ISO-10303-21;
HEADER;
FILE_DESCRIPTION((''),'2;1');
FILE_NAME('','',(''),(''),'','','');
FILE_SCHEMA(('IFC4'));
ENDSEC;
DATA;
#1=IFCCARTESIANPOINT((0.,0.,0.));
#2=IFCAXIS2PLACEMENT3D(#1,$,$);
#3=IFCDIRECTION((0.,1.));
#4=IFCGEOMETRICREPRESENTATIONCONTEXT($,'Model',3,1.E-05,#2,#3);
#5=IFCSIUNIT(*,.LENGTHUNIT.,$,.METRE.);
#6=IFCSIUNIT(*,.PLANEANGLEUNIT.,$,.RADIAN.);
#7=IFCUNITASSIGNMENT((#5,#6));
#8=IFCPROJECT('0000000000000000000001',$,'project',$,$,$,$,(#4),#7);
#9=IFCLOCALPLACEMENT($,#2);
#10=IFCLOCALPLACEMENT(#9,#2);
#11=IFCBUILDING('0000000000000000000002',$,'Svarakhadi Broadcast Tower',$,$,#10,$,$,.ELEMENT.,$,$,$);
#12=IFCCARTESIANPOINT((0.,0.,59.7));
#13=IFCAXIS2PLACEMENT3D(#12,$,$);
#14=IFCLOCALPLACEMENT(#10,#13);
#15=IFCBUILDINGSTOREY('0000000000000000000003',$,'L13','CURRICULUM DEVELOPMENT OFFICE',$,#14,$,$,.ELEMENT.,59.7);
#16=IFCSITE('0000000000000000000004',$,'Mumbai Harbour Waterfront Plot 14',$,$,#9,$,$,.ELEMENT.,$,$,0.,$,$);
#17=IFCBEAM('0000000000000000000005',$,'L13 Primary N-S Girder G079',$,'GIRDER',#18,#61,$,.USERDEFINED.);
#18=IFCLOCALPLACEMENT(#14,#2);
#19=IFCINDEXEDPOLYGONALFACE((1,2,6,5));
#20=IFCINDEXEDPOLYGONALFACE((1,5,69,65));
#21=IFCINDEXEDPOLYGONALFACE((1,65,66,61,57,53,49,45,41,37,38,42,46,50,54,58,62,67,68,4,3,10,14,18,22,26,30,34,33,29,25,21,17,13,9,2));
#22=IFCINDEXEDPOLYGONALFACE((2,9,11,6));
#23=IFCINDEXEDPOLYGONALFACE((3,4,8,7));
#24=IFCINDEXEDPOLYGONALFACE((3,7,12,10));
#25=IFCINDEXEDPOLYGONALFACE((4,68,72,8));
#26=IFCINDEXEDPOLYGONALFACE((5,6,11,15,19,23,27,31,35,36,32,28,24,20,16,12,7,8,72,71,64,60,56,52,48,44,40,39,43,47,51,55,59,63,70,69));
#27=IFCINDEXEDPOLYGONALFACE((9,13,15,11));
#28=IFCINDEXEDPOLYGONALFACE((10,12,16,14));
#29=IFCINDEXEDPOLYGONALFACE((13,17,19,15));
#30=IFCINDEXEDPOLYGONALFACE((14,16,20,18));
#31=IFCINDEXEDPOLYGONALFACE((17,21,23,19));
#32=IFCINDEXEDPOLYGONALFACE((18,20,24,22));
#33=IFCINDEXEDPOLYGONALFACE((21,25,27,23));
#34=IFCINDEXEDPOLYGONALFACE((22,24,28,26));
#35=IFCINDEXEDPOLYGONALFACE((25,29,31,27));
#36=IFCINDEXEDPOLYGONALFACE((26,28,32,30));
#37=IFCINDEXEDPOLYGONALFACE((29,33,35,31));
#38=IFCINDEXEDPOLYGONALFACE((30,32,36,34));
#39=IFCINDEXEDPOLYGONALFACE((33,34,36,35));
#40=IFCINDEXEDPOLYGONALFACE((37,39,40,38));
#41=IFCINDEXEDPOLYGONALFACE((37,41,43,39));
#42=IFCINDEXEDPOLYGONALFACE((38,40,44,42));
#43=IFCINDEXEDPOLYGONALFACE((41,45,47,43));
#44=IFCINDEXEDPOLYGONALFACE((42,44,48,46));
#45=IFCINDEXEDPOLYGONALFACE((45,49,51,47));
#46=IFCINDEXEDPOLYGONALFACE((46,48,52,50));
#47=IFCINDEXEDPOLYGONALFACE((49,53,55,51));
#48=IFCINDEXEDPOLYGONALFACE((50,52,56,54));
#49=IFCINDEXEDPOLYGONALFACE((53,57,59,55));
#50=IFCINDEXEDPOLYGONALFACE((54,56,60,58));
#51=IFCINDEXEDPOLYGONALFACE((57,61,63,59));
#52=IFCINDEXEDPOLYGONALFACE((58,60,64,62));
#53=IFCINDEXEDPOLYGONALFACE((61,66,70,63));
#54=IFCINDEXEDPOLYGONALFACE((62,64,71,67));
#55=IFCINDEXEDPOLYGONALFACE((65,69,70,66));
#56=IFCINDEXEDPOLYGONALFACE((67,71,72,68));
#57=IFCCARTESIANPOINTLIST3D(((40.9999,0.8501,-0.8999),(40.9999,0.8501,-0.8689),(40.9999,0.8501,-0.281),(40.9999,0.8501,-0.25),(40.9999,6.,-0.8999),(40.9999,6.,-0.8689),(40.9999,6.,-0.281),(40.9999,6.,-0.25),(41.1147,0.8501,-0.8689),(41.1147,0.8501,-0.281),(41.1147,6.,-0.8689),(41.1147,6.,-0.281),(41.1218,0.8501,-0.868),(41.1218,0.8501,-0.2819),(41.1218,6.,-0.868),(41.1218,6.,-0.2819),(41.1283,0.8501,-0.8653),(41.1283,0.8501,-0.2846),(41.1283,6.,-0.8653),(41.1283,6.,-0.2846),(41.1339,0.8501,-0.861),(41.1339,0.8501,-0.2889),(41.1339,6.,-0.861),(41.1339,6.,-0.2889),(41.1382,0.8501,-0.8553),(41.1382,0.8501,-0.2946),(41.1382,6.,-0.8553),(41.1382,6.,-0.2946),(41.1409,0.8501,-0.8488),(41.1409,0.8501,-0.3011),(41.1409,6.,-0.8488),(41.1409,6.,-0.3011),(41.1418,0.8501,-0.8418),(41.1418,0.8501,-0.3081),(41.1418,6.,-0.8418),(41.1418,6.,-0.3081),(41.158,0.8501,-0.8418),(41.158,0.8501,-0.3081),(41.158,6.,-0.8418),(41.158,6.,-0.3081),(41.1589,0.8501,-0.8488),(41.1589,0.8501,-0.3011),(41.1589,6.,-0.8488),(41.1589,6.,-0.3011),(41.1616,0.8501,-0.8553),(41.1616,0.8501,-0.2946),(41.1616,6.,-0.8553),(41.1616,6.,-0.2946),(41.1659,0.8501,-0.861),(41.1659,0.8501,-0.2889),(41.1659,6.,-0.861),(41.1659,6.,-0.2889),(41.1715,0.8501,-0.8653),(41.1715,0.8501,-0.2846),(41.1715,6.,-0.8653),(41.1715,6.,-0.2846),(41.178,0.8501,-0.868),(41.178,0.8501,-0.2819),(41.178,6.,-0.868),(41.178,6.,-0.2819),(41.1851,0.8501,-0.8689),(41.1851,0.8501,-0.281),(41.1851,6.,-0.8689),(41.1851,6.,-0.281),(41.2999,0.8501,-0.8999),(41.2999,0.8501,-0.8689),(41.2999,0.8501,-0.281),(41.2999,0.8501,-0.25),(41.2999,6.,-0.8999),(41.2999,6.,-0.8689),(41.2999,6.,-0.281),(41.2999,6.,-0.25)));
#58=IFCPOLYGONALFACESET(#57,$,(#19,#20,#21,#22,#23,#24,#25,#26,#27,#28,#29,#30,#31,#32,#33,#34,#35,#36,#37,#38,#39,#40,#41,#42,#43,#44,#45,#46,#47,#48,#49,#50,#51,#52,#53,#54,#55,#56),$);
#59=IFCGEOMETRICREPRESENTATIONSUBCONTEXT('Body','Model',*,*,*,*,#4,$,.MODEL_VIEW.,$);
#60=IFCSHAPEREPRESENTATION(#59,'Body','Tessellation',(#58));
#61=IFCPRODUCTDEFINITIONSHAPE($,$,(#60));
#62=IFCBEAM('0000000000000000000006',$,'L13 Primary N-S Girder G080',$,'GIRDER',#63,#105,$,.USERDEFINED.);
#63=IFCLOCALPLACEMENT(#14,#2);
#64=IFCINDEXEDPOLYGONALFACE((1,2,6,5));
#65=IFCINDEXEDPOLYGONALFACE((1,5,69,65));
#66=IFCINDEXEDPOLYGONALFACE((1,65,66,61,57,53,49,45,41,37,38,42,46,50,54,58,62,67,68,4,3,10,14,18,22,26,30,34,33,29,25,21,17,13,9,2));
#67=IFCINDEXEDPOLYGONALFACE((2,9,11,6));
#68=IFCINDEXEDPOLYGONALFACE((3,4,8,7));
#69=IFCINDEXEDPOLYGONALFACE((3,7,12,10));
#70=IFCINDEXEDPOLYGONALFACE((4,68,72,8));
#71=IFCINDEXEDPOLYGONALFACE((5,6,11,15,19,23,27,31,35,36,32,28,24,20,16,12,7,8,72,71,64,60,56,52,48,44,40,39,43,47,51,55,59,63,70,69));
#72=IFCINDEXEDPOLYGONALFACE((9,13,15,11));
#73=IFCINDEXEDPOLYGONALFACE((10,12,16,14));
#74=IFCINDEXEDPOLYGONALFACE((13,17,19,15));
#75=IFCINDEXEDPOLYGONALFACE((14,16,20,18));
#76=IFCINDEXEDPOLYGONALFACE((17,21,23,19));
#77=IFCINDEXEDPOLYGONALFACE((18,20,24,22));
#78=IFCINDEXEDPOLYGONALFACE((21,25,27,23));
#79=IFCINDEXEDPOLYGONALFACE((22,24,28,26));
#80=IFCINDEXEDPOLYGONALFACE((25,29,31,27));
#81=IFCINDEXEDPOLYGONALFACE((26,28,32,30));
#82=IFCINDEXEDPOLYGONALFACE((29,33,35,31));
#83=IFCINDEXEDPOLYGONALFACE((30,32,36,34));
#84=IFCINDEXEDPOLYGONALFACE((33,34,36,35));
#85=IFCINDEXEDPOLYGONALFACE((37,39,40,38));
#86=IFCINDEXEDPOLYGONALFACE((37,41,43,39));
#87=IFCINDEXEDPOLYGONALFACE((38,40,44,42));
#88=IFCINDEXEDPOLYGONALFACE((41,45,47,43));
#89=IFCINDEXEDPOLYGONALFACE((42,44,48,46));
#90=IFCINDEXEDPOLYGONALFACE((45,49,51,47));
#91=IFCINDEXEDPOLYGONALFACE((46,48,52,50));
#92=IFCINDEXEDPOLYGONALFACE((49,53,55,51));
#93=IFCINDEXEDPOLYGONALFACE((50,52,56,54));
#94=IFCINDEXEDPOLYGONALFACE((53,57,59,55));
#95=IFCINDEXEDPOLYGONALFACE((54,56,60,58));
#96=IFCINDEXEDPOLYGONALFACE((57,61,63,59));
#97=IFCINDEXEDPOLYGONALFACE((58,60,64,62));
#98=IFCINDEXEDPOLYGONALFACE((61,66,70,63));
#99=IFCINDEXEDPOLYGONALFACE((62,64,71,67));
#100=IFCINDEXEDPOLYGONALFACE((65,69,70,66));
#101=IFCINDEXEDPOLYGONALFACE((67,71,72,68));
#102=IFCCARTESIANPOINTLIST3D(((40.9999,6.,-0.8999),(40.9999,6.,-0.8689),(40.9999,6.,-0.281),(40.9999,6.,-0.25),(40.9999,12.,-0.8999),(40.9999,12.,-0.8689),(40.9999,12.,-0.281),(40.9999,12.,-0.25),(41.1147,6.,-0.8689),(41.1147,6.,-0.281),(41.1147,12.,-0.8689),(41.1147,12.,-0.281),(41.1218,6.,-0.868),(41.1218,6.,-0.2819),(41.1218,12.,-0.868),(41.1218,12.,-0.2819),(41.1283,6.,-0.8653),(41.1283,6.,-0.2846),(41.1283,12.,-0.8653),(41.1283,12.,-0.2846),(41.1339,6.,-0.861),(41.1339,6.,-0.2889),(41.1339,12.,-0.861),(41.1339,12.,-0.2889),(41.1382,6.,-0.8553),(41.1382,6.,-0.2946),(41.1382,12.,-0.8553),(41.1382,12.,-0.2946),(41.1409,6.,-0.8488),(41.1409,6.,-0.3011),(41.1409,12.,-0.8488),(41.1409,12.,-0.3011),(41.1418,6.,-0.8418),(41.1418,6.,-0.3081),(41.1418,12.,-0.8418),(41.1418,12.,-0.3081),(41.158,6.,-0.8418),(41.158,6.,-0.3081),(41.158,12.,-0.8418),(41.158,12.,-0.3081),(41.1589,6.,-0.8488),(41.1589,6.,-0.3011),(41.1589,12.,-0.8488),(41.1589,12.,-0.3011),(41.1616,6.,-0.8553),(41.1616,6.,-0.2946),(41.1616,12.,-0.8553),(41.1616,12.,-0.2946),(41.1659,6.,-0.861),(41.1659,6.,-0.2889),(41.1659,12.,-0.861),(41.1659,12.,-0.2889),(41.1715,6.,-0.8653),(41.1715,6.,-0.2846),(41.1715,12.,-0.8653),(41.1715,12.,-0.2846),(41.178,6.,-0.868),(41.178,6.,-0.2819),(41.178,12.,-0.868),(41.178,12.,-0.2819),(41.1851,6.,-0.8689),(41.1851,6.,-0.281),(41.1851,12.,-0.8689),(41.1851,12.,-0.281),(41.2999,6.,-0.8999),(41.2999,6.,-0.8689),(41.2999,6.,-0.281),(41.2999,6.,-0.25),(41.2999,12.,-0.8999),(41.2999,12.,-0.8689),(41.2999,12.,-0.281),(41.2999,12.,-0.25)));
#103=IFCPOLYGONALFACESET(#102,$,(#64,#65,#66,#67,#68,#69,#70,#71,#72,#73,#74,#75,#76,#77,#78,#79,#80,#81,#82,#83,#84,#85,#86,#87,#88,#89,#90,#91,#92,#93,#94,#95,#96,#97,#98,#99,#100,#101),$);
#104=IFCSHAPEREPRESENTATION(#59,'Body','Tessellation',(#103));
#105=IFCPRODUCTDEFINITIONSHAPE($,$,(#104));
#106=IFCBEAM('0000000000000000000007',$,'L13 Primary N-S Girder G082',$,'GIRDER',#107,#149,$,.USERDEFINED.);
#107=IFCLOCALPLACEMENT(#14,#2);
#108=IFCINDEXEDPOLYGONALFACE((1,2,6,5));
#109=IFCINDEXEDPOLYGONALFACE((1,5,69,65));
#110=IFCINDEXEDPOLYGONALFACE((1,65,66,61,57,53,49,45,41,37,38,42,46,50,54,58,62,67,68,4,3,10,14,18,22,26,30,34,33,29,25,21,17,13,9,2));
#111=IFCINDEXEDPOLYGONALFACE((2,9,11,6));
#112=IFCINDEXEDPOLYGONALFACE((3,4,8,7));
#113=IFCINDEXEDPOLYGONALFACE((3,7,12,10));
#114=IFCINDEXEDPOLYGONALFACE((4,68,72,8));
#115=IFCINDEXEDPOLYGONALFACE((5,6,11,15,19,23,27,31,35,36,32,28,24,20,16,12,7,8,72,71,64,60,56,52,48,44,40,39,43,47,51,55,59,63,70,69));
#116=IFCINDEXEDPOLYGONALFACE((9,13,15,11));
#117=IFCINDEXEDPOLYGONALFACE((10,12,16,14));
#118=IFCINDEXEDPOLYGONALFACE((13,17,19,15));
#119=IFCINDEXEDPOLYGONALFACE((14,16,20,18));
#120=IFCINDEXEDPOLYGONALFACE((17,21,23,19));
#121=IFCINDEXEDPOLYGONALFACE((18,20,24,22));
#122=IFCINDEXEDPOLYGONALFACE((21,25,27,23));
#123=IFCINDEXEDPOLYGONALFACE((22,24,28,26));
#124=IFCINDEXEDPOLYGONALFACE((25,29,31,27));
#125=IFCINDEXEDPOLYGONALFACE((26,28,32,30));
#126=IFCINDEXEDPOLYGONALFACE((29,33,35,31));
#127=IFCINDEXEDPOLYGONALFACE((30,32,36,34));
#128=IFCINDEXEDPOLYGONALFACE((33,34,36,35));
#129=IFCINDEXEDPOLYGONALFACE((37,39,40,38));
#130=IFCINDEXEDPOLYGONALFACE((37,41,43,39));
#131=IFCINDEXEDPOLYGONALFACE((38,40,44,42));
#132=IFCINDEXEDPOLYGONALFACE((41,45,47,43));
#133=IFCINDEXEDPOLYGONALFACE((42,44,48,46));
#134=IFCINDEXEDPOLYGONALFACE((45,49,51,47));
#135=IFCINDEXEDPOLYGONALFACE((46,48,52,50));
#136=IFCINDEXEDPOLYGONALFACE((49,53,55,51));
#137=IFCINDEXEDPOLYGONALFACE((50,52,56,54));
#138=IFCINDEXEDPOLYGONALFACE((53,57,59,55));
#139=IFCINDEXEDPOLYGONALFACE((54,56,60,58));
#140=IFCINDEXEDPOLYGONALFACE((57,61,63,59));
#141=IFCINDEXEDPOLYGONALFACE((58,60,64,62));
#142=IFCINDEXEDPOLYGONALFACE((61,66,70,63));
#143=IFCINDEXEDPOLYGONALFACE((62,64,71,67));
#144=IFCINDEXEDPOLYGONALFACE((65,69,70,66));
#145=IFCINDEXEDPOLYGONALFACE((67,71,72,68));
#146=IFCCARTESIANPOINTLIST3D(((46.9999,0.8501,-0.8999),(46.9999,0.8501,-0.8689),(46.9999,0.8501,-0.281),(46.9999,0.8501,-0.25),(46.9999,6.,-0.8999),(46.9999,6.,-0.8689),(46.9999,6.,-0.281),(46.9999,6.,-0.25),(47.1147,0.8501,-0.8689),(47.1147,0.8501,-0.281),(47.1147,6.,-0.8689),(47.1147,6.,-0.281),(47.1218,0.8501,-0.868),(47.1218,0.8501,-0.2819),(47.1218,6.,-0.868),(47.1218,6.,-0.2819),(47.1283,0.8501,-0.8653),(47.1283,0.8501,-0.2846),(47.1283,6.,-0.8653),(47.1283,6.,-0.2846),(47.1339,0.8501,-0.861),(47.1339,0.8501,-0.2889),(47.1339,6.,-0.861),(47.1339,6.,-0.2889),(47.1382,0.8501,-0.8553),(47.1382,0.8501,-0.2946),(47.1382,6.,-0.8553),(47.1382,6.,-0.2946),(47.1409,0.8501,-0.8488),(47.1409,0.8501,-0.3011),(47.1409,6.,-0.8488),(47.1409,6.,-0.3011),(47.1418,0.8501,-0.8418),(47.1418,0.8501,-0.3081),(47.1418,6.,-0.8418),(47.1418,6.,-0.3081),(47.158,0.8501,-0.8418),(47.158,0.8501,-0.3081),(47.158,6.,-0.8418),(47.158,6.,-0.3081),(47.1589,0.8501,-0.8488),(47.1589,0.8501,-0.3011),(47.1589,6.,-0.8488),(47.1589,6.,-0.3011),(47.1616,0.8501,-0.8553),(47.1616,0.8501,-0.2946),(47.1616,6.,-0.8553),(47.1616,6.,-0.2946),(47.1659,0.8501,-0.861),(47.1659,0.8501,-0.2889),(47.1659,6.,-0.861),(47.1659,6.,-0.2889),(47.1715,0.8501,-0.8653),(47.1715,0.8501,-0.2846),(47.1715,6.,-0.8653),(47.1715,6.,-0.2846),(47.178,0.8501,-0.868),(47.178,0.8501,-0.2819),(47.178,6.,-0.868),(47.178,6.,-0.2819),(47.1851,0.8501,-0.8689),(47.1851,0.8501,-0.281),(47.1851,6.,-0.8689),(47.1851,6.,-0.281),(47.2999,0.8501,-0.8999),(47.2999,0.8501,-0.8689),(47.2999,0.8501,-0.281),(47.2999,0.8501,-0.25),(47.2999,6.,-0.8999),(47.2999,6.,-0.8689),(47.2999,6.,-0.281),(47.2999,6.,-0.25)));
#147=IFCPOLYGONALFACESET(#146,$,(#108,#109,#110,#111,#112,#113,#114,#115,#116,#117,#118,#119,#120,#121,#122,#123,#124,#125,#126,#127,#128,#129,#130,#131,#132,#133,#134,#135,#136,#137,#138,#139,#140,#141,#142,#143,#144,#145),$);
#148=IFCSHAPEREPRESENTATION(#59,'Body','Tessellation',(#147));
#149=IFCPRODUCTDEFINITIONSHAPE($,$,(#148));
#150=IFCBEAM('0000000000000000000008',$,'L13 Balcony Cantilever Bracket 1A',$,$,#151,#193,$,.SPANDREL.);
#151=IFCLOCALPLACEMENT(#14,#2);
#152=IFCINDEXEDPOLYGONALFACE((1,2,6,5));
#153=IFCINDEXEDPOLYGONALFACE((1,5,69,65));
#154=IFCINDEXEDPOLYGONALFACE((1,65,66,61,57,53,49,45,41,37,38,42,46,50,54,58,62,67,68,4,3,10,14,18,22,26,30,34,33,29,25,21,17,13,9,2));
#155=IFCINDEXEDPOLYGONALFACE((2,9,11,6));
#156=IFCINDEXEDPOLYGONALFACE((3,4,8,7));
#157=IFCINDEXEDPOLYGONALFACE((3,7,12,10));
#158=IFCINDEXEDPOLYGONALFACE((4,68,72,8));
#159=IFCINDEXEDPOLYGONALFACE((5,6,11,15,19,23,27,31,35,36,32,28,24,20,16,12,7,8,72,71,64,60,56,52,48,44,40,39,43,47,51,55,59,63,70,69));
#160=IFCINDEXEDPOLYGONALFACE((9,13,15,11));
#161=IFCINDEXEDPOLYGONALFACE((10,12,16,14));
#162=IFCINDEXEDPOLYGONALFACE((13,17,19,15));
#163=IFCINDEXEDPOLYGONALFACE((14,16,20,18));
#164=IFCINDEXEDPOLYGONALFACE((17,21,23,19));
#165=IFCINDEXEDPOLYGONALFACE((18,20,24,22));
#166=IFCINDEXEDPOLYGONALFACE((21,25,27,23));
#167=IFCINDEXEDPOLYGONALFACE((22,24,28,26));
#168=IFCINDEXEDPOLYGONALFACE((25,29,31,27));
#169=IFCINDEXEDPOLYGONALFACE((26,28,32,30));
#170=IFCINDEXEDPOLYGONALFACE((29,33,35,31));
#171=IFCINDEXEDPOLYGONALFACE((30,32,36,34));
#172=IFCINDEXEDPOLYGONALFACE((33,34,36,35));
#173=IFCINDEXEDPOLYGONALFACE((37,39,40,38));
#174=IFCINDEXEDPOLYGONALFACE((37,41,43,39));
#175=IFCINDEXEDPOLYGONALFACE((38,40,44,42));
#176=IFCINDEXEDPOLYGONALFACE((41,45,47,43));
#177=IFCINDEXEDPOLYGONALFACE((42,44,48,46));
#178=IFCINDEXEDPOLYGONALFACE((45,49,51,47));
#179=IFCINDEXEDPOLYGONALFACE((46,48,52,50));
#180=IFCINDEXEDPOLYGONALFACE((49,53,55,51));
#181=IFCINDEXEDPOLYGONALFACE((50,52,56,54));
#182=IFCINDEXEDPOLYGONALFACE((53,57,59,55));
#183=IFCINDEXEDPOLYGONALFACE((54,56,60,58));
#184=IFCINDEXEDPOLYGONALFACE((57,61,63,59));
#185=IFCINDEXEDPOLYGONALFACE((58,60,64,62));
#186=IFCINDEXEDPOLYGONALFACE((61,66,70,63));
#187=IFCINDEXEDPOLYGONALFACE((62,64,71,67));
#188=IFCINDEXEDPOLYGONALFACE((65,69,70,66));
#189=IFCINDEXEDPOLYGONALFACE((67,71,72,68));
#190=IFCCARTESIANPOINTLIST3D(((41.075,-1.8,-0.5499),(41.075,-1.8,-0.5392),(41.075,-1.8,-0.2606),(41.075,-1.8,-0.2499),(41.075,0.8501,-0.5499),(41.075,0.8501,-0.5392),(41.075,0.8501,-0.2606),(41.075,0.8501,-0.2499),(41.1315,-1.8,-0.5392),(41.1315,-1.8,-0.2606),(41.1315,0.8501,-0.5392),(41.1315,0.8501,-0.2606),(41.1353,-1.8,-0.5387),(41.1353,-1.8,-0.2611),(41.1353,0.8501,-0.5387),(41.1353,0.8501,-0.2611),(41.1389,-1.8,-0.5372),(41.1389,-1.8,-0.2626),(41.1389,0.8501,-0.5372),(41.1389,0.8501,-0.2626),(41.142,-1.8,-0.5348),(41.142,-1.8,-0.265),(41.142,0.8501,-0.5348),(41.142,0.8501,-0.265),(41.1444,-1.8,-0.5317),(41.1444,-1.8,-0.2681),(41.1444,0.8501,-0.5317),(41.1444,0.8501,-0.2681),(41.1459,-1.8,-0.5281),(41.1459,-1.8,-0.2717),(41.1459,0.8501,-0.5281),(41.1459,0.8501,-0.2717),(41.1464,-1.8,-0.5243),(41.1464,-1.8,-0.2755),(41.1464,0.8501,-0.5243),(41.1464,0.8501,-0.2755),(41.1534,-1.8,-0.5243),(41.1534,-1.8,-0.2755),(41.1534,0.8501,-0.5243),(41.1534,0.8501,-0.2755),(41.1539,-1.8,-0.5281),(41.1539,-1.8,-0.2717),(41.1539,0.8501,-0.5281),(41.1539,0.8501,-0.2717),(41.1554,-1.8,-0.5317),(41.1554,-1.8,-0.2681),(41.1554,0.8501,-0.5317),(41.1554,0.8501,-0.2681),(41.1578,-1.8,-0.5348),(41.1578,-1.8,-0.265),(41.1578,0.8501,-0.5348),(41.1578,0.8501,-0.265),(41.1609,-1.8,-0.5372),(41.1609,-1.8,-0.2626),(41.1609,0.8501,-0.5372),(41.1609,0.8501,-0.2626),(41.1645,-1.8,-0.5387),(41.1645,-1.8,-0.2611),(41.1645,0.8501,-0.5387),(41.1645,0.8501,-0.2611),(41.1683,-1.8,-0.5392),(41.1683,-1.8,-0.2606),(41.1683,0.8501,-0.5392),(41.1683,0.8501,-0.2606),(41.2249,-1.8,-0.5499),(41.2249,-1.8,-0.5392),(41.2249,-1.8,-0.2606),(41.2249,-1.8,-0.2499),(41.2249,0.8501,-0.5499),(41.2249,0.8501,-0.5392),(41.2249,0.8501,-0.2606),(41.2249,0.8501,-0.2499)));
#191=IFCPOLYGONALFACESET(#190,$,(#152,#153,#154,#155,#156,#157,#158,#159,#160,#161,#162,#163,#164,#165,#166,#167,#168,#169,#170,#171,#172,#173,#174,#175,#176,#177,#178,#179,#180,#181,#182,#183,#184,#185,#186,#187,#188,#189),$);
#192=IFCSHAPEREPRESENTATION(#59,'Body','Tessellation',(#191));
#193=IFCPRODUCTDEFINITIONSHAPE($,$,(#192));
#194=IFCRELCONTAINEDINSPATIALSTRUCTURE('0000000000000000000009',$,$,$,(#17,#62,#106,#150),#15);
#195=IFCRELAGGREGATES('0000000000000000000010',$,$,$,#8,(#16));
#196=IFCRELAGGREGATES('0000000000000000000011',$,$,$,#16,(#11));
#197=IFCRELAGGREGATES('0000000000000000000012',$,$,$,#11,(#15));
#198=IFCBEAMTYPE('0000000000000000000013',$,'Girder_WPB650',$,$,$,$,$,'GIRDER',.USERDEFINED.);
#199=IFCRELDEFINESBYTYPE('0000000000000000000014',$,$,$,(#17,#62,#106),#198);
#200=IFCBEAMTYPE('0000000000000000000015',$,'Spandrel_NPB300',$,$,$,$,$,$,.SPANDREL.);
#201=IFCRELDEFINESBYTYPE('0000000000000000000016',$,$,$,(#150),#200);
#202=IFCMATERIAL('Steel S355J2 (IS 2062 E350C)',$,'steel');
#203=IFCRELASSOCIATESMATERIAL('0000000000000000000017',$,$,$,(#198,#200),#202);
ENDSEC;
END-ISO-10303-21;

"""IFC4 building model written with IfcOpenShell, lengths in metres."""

from ifc_helpers import new_model, si_unit, direction, frame, origin, origin_2d, place, context, subcontext, project, spatial, i_section, extrude, material, material_profile, profile_set, type_object, element, save


model = new_model("IFC4")

# Units and contexts
model_context = context("Model", 3, precision=1e-05, world=origin(), true_north=direction((0.0, 1.0)))
body_context = subcontext(model_context, "Body", "Model", "MODEL_VIEW")
ifc_project = project(units=[si_unit("LENGTHUNIT", "METRE"), si_unit("PLANEANGLEUNIT", "RADIAN")], contexts=[model_context])

# Site, building, storey
site_placement = place(None, origin())
site = spatial("IfcSite", under=ifc_project, at=site_placement, Name="Mumbai Harbour Waterfront Plot 14", CompositionType="ELEMENT", RefElevation=0.0)
building_placement = place(site_placement, origin())
building = spatial("IfcBuilding", under=site, at=building_placement, Name="Svarakhadi Broadcast Tower", CompositionType="ELEMENT")
storey_placement = place(building_placement, frame((0.0, 0.0, 59.7)))
storey = spatial("IfcBuildingStorey", under=building, at=storey_placement, Name="L13", Description="CURRICULUM DEVELOPMENT OFFICE", CompositionType="ELEMENT", Elevation=59.7)

# Shared definitions
ifc_material_1 = material(Name="Steel S355J2 (IS 2062 E350C)", Category="steel")

# Beams
ifc_material_profile_1 = material_profile(ifc_material_1, i_section(OverallWidth=0.3, OverallDepth=0.6499, WebThickness=0.0161, FlangeThickness=0.031, FilletRadius=0.0271, at=origin_2d()), Name="WPB 650x300x225")
ifc_profile_set_1 = profile_set([ifc_material_profile_1], Name="Steel S355J2 (IS 2062 E350C)")
beam_type_1 = type_object("IfcBeamType", Name="Girder_WPB650", ElementType="GIRDER", PredefinedType="USERDEFINED", material=ifc_profile_set_1)
beam_1_placement = place(storey_placement, frame((41.1499, 0.8501, -0.575), z_axis=(0.0, 1.0, 0.0), x_axis=(-1.0, 0.0, 0.0)))
element("IfcBeam", 1, at=beam_1_placement, inside=storey, type_object=beam_type_1, Name="L13 Primary N-S Girder G079", ObjectType="GIRDER", PredefinedType="USERDEFINED", context=body_context, shape_type="SweptSolid", body=[
    extrude(i_section(OverallWidth=0.3, OverallDepth=0.6499, WebThickness=0.0161, FlangeThickness=0.031, FilletRadius=0.0271, at=origin_2d()), origin(), (0.0, 0.0, 1.0), 5.1499),
])
beam_2_placement = place(storey_placement, frame((41.1499, 6.0, -0.575), z_axis=(0.0, 1.0, 0.0), x_axis=(-1.0, 0.0, 0.0)))
element("IfcBeam", 2, at=beam_2_placement, inside=storey, type_object=beam_type_1, Name="L13 Primary N-S Girder G080", ObjectType="GIRDER", PredefinedType="USERDEFINED", context=body_context, shape_type="SweptSolid", body=[
    extrude(i_section(OverallWidth=0.3, OverallDepth=0.6499, WebThickness=0.0161, FlangeThickness=0.031, FilletRadius=0.0271, at=origin_2d()), origin(), (0.0, 0.0, 1.0), 6.0),
])
beam_3_placement = place(storey_placement, frame((47.1499, 0.8501, -0.575), z_axis=(0.0, 1.0, 0.0), x_axis=(-1.0, 0.0, 0.0)))
element("IfcBeam", 3, at=beam_3_placement, inside=storey, type_object=beam_type_1, Name="L13 Primary N-S Girder G082", ObjectType="GIRDER", PredefinedType="USERDEFINED", context=body_context, shape_type="SweptSolid", body=[
    extrude(i_section(OverallWidth=0.3, OverallDepth=0.6499, WebThickness=0.0161, FlangeThickness=0.031, FilletRadius=0.0271, at=origin_2d()), origin(), (0.0, 0.0, 1.0), 5.1499),
])
ifc_material_profile_2 = material_profile(ifc_material_1, i_section(OverallWidth=0.1499, OverallDepth=0.3, WebThickness=0.0071, FlangeThickness=0.0107, FilletRadius=0.0149, at=origin_2d()), Name="NPB 300x150x37")
ifc_profile_set_2 = profile_set([ifc_material_profile_2], Name="Steel S355J2 (IS 2062 E350C)")
beam_type_2 = type_object("IfcBeamType", Name="Spandrel_NPB300", PredefinedType="SPANDREL", material=ifc_profile_set_2)
beam_4_placement = place(storey_placement, frame((41.1499, 0.8501, -0.3999), z_axis=(0.0, -1.0, 0.0), x_axis=(1.0, 0.0, 0.0)))
element("IfcBeam", 4, at=beam_4_placement, inside=storey, type_object=beam_type_2, Name="L13 Balcony Cantilever Bracket 1A", PredefinedType="SPANDREL", context=body_context, shape_type="SweptSolid", body=[
    extrude(i_section(OverallWidth=0.1499, OverallDepth=0.3, WebThickness=0.0071, FlangeThickness=0.0107, FilletRadius=0.0149, at=origin_2d()), origin(), (0.0, 0.0, 1.0), 2.6501),
])

save(model, "model.ifc")
